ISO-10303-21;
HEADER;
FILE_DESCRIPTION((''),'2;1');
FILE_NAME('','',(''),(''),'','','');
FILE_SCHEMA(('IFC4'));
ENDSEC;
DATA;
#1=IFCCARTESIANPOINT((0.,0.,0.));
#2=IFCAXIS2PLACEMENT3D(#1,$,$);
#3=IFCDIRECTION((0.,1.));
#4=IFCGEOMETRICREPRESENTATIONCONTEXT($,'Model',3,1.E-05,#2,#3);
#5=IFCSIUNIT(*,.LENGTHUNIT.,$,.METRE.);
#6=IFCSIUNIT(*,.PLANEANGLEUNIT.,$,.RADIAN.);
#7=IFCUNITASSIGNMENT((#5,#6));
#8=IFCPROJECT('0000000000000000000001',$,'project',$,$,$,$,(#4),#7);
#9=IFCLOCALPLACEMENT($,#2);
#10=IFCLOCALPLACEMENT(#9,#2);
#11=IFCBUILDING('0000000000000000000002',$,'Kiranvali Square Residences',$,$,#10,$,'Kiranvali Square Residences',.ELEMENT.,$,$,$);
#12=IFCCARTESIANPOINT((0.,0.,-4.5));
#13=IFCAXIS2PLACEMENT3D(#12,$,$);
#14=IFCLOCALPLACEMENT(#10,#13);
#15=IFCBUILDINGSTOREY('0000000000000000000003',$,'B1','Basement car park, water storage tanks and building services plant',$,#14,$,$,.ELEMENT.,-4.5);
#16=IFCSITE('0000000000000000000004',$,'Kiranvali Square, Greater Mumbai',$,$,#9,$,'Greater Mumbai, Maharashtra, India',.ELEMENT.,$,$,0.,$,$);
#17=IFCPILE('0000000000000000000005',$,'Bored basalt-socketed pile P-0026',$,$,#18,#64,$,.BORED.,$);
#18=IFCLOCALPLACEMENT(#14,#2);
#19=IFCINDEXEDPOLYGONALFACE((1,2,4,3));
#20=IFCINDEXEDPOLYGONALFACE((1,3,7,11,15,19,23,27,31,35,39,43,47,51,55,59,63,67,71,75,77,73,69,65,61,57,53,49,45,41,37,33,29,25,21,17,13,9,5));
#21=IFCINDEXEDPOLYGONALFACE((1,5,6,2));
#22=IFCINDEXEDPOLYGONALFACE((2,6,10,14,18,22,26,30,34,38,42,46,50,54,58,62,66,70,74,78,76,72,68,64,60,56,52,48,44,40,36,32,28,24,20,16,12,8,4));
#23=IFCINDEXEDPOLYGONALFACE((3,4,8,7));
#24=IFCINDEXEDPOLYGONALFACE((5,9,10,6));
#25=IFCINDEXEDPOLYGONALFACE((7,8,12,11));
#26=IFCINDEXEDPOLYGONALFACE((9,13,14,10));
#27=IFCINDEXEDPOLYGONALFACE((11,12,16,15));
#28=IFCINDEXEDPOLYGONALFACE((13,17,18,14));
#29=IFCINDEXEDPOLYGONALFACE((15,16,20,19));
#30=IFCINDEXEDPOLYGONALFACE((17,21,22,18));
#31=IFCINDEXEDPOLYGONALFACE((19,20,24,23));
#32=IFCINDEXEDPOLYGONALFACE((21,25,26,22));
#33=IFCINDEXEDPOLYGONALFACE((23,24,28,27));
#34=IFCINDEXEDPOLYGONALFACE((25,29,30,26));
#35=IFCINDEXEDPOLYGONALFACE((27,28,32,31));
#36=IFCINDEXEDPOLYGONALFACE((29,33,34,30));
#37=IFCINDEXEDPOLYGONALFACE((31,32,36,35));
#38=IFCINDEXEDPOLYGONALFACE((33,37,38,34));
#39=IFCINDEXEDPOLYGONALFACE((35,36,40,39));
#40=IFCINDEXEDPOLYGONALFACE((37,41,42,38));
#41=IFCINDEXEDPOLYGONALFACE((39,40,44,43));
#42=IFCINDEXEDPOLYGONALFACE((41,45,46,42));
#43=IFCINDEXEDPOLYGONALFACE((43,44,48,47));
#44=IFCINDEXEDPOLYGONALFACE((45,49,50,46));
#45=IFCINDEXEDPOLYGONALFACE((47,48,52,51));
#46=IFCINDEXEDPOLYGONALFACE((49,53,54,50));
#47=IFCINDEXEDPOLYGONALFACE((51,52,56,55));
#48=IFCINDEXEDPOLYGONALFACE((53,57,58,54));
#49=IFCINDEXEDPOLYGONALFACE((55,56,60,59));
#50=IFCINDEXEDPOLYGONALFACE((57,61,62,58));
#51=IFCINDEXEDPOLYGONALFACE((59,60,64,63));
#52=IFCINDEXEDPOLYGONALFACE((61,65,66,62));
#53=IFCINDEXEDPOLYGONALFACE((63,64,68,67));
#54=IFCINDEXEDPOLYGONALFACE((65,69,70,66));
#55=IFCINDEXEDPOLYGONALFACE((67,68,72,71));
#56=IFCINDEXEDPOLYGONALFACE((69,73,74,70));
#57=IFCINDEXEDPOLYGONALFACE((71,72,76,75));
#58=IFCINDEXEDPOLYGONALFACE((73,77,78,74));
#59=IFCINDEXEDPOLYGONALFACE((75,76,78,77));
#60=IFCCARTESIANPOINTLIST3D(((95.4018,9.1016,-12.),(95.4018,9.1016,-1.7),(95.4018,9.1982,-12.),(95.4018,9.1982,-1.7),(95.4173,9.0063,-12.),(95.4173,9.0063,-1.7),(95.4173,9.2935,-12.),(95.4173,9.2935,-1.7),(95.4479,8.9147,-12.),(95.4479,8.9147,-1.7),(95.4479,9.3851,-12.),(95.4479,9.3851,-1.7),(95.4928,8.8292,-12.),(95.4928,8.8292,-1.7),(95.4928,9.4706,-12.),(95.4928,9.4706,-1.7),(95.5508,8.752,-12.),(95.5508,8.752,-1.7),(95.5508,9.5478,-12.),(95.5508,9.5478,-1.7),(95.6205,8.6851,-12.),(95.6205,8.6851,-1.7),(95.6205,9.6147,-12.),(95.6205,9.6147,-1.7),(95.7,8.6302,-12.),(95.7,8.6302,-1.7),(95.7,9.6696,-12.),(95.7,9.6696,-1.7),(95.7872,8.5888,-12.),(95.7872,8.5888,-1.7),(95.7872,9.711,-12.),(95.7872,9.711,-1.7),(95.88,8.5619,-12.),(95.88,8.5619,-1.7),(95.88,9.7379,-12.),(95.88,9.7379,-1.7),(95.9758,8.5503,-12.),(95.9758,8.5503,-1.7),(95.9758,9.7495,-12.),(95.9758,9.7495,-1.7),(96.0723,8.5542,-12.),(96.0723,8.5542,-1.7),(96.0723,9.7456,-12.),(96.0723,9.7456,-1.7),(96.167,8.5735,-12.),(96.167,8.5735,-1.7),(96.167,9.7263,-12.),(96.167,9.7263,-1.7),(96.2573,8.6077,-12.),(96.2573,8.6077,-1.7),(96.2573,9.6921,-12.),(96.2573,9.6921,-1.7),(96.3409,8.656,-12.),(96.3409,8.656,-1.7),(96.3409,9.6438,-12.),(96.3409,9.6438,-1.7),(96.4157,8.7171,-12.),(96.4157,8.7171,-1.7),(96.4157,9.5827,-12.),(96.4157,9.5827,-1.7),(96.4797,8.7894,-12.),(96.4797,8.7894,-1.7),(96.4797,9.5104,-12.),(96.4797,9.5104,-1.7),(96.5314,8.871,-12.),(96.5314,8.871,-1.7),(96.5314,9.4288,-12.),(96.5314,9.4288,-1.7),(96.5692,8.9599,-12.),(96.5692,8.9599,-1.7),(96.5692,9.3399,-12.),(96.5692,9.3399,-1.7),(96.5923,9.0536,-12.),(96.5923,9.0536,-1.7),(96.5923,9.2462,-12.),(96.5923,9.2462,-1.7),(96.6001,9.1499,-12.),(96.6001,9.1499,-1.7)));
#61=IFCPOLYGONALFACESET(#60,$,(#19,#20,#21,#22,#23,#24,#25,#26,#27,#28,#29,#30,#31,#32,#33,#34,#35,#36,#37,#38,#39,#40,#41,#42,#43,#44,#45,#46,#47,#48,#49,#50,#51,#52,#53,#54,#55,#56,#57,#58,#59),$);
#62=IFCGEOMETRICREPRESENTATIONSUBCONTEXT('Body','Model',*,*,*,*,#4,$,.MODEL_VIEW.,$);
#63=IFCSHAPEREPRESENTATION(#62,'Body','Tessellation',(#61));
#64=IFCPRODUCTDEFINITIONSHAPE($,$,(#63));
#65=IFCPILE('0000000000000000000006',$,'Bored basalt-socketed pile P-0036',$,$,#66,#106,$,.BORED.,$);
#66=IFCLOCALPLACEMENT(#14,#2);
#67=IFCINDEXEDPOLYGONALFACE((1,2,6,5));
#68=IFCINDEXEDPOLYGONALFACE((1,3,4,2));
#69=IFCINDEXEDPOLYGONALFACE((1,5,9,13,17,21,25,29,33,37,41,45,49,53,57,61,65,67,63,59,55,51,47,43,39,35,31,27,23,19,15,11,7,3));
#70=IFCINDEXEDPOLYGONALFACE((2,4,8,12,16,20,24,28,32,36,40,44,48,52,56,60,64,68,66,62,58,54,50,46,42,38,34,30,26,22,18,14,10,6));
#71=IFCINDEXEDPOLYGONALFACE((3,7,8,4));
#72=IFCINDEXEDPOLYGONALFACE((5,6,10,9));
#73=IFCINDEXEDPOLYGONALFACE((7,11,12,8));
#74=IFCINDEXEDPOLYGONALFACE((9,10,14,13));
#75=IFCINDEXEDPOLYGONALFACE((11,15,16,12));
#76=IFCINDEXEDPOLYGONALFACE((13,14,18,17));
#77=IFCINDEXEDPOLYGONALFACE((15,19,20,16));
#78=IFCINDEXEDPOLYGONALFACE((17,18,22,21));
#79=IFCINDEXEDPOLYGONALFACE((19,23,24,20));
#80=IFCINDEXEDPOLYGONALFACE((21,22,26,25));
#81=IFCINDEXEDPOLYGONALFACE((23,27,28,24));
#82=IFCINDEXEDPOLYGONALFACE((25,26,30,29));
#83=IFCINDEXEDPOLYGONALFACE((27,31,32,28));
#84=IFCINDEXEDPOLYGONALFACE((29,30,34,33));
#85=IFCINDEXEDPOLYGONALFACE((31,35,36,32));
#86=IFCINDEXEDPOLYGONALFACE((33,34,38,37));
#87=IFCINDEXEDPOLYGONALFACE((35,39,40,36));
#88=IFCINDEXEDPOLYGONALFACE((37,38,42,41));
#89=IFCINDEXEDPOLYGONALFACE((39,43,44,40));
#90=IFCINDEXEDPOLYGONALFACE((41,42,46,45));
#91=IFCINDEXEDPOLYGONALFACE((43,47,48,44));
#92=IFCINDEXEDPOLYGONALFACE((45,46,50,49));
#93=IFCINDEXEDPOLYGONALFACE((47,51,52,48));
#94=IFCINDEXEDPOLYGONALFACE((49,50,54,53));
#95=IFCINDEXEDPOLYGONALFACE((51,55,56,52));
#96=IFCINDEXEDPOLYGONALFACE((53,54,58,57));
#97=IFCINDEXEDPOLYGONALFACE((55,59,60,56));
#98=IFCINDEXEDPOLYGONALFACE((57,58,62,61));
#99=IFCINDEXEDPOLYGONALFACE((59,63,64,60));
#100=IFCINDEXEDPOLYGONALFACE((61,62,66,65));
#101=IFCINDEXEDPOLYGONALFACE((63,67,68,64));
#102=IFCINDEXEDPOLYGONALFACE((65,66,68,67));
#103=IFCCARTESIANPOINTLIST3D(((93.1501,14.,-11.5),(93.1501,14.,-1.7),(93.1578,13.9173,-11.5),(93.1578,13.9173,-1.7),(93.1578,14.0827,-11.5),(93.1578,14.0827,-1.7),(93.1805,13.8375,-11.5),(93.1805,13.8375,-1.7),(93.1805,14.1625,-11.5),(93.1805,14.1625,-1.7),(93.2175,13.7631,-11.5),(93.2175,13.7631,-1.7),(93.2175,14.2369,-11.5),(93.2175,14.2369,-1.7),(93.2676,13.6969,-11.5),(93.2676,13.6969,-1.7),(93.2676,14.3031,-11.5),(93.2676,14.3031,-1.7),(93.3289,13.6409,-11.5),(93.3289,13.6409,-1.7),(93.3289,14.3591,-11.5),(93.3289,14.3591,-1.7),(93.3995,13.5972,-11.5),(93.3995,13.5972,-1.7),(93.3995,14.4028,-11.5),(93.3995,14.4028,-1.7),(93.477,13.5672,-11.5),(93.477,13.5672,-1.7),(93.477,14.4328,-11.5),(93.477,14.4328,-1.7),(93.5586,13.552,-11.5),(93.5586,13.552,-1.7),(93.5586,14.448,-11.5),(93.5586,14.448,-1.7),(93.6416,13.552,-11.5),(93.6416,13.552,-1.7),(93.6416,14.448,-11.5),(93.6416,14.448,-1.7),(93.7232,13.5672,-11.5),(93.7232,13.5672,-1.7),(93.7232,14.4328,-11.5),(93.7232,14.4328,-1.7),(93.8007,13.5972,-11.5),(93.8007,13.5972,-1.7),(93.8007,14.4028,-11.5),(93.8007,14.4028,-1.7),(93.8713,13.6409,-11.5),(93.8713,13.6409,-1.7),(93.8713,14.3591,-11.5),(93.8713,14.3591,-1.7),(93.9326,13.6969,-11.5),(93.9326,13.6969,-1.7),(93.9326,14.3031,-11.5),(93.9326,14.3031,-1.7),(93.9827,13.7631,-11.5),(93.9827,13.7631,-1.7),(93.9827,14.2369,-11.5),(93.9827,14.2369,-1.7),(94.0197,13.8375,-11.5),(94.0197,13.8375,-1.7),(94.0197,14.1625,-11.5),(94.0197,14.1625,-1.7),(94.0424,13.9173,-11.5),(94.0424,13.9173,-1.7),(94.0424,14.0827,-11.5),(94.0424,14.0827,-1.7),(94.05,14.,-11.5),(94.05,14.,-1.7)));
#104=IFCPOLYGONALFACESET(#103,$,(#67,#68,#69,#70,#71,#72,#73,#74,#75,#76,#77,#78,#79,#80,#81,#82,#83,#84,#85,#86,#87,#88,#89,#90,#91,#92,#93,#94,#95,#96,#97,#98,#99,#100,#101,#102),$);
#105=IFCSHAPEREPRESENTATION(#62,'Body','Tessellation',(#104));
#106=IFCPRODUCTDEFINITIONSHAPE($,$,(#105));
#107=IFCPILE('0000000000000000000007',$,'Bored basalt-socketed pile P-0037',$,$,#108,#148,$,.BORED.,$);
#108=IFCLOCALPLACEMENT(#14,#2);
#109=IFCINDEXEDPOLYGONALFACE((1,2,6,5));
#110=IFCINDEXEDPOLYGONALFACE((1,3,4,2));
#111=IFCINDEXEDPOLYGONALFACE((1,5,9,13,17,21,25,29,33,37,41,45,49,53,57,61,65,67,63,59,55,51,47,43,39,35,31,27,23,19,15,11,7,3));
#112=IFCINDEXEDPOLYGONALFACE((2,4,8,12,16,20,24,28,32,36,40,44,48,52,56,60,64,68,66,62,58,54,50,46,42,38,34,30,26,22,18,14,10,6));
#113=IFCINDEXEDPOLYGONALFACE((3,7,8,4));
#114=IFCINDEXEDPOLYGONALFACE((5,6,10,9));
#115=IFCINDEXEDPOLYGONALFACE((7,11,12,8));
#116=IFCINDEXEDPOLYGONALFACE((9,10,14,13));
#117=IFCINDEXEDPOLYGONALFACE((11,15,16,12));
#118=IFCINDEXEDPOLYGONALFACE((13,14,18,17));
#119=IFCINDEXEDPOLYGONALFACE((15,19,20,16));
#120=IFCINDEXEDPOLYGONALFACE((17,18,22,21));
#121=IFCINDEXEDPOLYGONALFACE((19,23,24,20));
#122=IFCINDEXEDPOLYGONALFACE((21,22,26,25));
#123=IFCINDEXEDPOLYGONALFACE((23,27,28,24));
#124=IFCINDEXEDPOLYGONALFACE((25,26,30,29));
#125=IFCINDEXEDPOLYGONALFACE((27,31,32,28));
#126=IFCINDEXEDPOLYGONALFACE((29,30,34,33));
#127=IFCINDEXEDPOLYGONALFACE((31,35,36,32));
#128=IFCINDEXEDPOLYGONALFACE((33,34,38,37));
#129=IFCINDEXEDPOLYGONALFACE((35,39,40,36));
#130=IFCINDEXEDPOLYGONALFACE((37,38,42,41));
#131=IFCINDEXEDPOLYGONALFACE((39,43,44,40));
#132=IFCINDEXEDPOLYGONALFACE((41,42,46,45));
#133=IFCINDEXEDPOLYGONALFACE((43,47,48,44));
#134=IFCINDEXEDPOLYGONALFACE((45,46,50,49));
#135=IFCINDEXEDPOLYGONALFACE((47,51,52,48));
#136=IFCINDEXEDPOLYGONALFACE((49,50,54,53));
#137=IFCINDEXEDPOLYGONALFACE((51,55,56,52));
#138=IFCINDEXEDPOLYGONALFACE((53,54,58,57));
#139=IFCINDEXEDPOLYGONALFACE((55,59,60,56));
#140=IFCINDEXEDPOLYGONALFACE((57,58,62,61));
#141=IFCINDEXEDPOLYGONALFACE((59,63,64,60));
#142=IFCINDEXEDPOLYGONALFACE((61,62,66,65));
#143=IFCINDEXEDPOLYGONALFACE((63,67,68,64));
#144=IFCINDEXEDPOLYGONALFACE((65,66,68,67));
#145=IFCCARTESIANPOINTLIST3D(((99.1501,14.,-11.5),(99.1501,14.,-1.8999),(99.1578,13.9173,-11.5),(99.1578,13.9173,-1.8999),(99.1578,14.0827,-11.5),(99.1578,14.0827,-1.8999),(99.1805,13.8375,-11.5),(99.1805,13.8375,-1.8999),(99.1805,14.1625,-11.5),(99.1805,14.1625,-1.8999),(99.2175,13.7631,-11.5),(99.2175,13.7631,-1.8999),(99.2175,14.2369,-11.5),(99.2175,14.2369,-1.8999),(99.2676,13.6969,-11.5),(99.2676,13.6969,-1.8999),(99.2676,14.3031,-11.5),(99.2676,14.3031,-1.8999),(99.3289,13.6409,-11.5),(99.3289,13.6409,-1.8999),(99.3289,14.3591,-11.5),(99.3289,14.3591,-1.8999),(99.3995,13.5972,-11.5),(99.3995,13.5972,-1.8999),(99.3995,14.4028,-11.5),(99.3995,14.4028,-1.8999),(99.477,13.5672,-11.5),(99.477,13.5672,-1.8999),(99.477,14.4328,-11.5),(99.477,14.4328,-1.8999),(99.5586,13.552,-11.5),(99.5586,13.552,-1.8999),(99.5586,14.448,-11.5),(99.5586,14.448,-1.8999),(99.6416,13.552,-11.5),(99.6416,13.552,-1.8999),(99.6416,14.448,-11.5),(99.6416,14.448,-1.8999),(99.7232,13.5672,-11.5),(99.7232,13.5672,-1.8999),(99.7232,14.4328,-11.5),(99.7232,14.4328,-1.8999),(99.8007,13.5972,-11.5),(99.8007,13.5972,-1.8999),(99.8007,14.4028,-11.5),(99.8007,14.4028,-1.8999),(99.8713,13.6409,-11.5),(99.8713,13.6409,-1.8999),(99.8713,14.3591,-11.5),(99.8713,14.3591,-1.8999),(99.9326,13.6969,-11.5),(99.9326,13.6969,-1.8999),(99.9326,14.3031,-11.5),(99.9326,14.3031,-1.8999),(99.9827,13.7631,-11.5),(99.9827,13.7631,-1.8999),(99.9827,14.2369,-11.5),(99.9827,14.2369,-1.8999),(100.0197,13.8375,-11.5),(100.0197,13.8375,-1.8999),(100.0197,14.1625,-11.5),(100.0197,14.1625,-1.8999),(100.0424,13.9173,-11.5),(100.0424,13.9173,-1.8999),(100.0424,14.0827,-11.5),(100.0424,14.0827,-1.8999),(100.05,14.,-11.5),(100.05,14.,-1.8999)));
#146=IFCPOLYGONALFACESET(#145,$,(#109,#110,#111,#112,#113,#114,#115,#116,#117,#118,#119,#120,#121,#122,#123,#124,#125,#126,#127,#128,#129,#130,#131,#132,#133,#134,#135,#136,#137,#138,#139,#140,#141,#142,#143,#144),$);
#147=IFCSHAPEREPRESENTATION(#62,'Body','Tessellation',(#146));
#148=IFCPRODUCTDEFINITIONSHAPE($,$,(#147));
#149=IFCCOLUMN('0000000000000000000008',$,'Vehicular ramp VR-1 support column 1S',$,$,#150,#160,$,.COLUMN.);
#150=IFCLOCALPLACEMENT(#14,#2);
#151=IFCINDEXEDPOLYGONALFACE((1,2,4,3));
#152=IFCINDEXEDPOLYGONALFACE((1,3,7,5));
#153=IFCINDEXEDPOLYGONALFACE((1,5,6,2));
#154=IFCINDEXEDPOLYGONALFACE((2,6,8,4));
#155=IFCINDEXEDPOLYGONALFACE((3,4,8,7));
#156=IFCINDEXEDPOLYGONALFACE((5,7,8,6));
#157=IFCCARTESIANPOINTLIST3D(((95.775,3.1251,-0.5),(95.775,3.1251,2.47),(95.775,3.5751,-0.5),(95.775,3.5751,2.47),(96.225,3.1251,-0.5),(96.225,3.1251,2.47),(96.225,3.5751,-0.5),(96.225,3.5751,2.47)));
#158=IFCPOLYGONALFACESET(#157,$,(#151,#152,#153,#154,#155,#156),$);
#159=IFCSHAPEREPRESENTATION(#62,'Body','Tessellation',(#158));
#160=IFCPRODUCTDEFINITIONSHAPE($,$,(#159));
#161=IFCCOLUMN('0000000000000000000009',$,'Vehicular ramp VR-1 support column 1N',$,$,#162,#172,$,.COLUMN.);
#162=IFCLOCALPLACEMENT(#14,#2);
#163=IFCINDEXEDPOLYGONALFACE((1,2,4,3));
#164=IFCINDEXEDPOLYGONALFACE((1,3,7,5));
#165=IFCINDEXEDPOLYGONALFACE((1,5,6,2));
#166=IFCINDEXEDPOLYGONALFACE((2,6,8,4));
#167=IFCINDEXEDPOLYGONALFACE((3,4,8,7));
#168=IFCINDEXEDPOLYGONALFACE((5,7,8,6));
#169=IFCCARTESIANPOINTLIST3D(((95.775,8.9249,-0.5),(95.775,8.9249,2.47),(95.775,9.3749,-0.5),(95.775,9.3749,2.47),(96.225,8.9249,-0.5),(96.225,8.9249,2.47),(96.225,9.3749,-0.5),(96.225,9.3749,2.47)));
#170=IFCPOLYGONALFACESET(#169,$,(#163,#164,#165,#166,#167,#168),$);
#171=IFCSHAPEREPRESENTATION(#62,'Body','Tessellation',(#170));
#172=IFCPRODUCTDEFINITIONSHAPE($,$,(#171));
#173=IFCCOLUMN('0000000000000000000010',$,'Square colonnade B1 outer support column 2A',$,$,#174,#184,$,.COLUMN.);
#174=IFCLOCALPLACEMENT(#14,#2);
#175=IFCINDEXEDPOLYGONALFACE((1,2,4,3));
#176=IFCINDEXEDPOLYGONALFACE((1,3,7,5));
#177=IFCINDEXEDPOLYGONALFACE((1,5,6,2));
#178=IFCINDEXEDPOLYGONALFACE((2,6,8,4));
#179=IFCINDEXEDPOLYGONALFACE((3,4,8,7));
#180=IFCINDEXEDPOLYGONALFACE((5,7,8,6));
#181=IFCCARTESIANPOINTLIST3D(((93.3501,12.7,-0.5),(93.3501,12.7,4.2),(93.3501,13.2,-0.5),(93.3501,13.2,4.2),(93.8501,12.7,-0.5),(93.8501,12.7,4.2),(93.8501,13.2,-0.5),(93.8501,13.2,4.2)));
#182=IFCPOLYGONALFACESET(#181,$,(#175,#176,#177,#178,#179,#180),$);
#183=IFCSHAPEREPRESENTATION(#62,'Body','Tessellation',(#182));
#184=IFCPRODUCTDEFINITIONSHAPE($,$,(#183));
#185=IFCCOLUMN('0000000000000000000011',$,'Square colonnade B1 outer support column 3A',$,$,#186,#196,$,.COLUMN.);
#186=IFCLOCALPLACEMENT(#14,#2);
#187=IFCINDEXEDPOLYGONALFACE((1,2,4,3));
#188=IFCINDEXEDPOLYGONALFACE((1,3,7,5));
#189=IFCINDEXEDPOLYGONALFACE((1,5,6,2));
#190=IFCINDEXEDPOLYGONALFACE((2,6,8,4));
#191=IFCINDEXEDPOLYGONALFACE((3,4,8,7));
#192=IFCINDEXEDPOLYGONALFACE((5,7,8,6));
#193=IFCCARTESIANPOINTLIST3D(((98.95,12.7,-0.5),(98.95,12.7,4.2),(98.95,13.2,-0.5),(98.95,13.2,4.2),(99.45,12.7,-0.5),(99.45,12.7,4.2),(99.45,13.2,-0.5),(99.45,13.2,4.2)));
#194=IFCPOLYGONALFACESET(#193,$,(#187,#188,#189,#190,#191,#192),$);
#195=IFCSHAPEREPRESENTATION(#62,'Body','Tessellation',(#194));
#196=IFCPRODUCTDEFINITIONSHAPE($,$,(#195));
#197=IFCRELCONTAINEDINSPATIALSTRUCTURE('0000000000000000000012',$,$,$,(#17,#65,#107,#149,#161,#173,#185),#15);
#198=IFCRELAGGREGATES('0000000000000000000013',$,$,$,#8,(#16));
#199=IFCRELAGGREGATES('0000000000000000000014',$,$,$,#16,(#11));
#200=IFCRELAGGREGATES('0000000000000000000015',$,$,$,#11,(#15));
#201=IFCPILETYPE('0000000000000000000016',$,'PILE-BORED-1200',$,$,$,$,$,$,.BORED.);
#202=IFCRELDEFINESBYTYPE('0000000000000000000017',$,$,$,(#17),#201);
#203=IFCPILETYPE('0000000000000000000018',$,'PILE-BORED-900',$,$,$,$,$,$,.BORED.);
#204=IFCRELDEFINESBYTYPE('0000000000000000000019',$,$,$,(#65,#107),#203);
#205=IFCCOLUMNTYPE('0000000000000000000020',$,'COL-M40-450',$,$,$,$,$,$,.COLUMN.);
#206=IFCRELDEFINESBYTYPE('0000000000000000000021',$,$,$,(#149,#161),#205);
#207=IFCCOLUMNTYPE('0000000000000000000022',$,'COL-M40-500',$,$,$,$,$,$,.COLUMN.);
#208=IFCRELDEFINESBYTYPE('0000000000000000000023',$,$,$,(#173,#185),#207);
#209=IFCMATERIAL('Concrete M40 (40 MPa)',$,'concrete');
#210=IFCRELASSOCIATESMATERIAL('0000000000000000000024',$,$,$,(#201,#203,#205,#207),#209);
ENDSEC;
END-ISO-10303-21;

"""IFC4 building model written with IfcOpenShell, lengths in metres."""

from ifc_helpers import new_model, si_unit, direction, frame, origin, origin_2d, place, context, subcontext, project, spatial, rectangle, circle, extrude, material, material_profile, profile_set, type_object, element, save


model = new_model("IFC4")

# Units and contexts
model_context = context("Model", 3, precision=1e-05, world=origin(), true_north=direction((0.0, 1.0)))
body_context = subcontext(model_context, "Body", "Model", "MODEL_VIEW")
ifc_project = project(units=[si_unit("LENGTHUNIT", "METRE"), si_unit("PLANEANGLEUNIT", "RADIAN")], contexts=[model_context])

# Site, building, storey
site_placement = place(None, origin())
site = spatial("IfcSite", under=ifc_project, at=site_placement, Name="Kiranvali Square, Greater Mumbai", LongName="Greater Mumbai, Maharashtra, India", CompositionType="ELEMENT", RefElevation=0.0)
building_placement = place(site_placement, origin())
building = spatial("IfcBuilding", under=site, at=building_placement, Name="Kiranvali Square Residences", LongName="Kiranvali Square Residences", CompositionType="ELEMENT")
storey_placement = place(building_placement, frame((0.0, 0.0, -4.5)))
storey = spatial("IfcBuildingStorey", under=building, at=storey_placement, Name="B1", Description="Basement car park, water storage tanks and building services plant", CompositionType="ELEMENT", Elevation=-4.5)

# Shared definitions
ifc_material_1 = material(Name="Concrete M40 (40 MPa)", Category="concrete")

# Piles
ifc_material_profile_1 = material_profile(ifc_material_1, circle(Radius=0.6001, at=origin_2d()), Name="BORED PILE 1200")
ifc_profile_set_1 = profile_set([ifc_material_profile_1], Name="Concrete M40 (40 MPa)")
pile_type_1 = type_object("IfcPileType", Name="PILE-BORED-1200", PredefinedType="BORED", material=ifc_profile_set_1)
for number, where, z_axis, x_axis, name in (
    (1, (96.0, 9.1499, -1.7), (0.0, 0.0, -1.0), (1.0, 0.0, 0.0), "Bored basalt-socketed pile P-0026"),
):
    element("IfcPile", number, at=place(storey_placement, frame(where, z_axis=z_axis, x_axis=x_axis)), inside=storey, type_object=pile_type_1, Name=name, PredefinedType="BORED", context=body_context, shape_type="SweptSolid", body=[
        extrude(circle(Radius=0.6001, at=origin_2d()), origin(), (0.0, 0.0, 1.0), 10.3),
    ])
ifc_material_profile_2 = material_profile(ifc_material_1, circle(Radius=0.45, at=origin_2d()), Name="BORED PILE 900")
ifc_profile_set_2 = profile_set([ifc_material_profile_2], Name="Concrete M40 (40 MPa)")
pile_type_2 = type_object("IfcPileType", Name="PILE-BORED-900", PredefinedType="BORED", material=ifc_profile_set_2)
pile_1_placement = place(storey_placement, frame((93.6001, 14.0, -1.7), z_axis=(0.0, 0.0, -1.0), x_axis=(1.0, 0.0, 0.0)))
element("IfcPile", 2, at=pile_1_placement, inside=storey, type_object=pile_type_2, Name="Bored basalt-socketed pile P-0036", PredefinedType="BORED", context=body_context, shape_type="SweptSolid", body=[
    extrude(circle(Radius=0.45, at=origin_2d()), origin(), (0.0, 0.0, 1.0), 9.8),
])
pile_2_placement = place(storey_placement, frame((99.6001, 14.0, -1.8999), z_axis=(0.0, 0.0, -1.0), x_axis=(1.0, 0.0, 0.0)))
element("IfcPile", 3, at=pile_2_placement, inside=storey, type_object=pile_type_2, Name="Bored basalt-socketed pile P-0037", PredefinedType="BORED", context=body_context, shape_type="SweptSolid", body=[
    extrude(circle(Radius=0.45, at=origin_2d()), origin(), (0.0, 0.0, 1.0), 9.6001),
])

# Columns
ifc_material_profile_3 = material_profile(ifc_material_1, rectangle(XDim=0.45, YDim=0.45, at=origin_2d()), Name="RC 450x450")
ifc_profile_set_3 = profile_set([ifc_material_profile_3], Name="Concrete M40 (40 MPa)")
column_type_1 = type_object("IfcColumnType", Name="COL-M40-450", PredefinedType="COLUMN", material=ifc_profile_set_3)
for number, where, z_axis, x_axis, name in (
    (4, (96.0, 3.3501, -0.5), (0.0, 0.0, 1.0), (1.0, 0.0, 0.0), "Vehicular ramp VR-1 support column 1S"),
    (5, (96.0, 9.1499, -0.5), (0.0, 0.0, 1.0), (1.0, 0.0, 0.0), "Vehicular ramp VR-1 support column 1N"),
):
    element("IfcColumn", number, at=place(storey_placement, frame(where, z_axis=z_axis, x_axis=x_axis)), inside=storey, type_object=column_type_1, Name=name, PredefinedType="COLUMN", context=body_context, shape_type="SweptSolid", body=[
        extrude(rectangle(XDim=0.45, YDim=0.45, at=origin_2d()), origin(), (0.0, 0.0, 1.0), 2.97),
    ])
ifc_material_profile_4 = material_profile(ifc_material_1, rectangle(XDim=0.5, YDim=0.5, at=origin_2d()), Name="RC 500x500")
ifc_profile_set_4 = profile_set([ifc_material_profile_4], Name="Concrete M40 (40 MPa)")
column_type_2 = type_object("IfcColumnType", Name="COL-M40-500", PredefinedType="COLUMN", material=ifc_profile_set_4)
for number, where, z_axis, x_axis, name in (
    (6, (93.6001, 12.95, -0.5), (0.0, 0.0, 1.0), (1.0, 0.0, 0.0), "Square colonnade B1 outer support column 2A"),
    (7, (99.2, 12.95, -0.5), (0.0, 0.0, 1.0), (1.0, 0.0, 0.0), "Square colonnade B1 outer support column 3A"),
):
    element("IfcColumn", number, at=place(storey_placement, frame(where, z_axis=z_axis, x_axis=x_axis)), inside=storey, type_object=column_type_2, Name=name, PredefinedType="COLUMN", context=body_context, shape_type="SweptSolid", body=[
        extrude(rectangle(XDim=0.5, YDim=0.5, at=origin_2d()), origin(), (0.0, 0.0, 1.0), 4.7),
    ])

save(model, "model.ifc")
